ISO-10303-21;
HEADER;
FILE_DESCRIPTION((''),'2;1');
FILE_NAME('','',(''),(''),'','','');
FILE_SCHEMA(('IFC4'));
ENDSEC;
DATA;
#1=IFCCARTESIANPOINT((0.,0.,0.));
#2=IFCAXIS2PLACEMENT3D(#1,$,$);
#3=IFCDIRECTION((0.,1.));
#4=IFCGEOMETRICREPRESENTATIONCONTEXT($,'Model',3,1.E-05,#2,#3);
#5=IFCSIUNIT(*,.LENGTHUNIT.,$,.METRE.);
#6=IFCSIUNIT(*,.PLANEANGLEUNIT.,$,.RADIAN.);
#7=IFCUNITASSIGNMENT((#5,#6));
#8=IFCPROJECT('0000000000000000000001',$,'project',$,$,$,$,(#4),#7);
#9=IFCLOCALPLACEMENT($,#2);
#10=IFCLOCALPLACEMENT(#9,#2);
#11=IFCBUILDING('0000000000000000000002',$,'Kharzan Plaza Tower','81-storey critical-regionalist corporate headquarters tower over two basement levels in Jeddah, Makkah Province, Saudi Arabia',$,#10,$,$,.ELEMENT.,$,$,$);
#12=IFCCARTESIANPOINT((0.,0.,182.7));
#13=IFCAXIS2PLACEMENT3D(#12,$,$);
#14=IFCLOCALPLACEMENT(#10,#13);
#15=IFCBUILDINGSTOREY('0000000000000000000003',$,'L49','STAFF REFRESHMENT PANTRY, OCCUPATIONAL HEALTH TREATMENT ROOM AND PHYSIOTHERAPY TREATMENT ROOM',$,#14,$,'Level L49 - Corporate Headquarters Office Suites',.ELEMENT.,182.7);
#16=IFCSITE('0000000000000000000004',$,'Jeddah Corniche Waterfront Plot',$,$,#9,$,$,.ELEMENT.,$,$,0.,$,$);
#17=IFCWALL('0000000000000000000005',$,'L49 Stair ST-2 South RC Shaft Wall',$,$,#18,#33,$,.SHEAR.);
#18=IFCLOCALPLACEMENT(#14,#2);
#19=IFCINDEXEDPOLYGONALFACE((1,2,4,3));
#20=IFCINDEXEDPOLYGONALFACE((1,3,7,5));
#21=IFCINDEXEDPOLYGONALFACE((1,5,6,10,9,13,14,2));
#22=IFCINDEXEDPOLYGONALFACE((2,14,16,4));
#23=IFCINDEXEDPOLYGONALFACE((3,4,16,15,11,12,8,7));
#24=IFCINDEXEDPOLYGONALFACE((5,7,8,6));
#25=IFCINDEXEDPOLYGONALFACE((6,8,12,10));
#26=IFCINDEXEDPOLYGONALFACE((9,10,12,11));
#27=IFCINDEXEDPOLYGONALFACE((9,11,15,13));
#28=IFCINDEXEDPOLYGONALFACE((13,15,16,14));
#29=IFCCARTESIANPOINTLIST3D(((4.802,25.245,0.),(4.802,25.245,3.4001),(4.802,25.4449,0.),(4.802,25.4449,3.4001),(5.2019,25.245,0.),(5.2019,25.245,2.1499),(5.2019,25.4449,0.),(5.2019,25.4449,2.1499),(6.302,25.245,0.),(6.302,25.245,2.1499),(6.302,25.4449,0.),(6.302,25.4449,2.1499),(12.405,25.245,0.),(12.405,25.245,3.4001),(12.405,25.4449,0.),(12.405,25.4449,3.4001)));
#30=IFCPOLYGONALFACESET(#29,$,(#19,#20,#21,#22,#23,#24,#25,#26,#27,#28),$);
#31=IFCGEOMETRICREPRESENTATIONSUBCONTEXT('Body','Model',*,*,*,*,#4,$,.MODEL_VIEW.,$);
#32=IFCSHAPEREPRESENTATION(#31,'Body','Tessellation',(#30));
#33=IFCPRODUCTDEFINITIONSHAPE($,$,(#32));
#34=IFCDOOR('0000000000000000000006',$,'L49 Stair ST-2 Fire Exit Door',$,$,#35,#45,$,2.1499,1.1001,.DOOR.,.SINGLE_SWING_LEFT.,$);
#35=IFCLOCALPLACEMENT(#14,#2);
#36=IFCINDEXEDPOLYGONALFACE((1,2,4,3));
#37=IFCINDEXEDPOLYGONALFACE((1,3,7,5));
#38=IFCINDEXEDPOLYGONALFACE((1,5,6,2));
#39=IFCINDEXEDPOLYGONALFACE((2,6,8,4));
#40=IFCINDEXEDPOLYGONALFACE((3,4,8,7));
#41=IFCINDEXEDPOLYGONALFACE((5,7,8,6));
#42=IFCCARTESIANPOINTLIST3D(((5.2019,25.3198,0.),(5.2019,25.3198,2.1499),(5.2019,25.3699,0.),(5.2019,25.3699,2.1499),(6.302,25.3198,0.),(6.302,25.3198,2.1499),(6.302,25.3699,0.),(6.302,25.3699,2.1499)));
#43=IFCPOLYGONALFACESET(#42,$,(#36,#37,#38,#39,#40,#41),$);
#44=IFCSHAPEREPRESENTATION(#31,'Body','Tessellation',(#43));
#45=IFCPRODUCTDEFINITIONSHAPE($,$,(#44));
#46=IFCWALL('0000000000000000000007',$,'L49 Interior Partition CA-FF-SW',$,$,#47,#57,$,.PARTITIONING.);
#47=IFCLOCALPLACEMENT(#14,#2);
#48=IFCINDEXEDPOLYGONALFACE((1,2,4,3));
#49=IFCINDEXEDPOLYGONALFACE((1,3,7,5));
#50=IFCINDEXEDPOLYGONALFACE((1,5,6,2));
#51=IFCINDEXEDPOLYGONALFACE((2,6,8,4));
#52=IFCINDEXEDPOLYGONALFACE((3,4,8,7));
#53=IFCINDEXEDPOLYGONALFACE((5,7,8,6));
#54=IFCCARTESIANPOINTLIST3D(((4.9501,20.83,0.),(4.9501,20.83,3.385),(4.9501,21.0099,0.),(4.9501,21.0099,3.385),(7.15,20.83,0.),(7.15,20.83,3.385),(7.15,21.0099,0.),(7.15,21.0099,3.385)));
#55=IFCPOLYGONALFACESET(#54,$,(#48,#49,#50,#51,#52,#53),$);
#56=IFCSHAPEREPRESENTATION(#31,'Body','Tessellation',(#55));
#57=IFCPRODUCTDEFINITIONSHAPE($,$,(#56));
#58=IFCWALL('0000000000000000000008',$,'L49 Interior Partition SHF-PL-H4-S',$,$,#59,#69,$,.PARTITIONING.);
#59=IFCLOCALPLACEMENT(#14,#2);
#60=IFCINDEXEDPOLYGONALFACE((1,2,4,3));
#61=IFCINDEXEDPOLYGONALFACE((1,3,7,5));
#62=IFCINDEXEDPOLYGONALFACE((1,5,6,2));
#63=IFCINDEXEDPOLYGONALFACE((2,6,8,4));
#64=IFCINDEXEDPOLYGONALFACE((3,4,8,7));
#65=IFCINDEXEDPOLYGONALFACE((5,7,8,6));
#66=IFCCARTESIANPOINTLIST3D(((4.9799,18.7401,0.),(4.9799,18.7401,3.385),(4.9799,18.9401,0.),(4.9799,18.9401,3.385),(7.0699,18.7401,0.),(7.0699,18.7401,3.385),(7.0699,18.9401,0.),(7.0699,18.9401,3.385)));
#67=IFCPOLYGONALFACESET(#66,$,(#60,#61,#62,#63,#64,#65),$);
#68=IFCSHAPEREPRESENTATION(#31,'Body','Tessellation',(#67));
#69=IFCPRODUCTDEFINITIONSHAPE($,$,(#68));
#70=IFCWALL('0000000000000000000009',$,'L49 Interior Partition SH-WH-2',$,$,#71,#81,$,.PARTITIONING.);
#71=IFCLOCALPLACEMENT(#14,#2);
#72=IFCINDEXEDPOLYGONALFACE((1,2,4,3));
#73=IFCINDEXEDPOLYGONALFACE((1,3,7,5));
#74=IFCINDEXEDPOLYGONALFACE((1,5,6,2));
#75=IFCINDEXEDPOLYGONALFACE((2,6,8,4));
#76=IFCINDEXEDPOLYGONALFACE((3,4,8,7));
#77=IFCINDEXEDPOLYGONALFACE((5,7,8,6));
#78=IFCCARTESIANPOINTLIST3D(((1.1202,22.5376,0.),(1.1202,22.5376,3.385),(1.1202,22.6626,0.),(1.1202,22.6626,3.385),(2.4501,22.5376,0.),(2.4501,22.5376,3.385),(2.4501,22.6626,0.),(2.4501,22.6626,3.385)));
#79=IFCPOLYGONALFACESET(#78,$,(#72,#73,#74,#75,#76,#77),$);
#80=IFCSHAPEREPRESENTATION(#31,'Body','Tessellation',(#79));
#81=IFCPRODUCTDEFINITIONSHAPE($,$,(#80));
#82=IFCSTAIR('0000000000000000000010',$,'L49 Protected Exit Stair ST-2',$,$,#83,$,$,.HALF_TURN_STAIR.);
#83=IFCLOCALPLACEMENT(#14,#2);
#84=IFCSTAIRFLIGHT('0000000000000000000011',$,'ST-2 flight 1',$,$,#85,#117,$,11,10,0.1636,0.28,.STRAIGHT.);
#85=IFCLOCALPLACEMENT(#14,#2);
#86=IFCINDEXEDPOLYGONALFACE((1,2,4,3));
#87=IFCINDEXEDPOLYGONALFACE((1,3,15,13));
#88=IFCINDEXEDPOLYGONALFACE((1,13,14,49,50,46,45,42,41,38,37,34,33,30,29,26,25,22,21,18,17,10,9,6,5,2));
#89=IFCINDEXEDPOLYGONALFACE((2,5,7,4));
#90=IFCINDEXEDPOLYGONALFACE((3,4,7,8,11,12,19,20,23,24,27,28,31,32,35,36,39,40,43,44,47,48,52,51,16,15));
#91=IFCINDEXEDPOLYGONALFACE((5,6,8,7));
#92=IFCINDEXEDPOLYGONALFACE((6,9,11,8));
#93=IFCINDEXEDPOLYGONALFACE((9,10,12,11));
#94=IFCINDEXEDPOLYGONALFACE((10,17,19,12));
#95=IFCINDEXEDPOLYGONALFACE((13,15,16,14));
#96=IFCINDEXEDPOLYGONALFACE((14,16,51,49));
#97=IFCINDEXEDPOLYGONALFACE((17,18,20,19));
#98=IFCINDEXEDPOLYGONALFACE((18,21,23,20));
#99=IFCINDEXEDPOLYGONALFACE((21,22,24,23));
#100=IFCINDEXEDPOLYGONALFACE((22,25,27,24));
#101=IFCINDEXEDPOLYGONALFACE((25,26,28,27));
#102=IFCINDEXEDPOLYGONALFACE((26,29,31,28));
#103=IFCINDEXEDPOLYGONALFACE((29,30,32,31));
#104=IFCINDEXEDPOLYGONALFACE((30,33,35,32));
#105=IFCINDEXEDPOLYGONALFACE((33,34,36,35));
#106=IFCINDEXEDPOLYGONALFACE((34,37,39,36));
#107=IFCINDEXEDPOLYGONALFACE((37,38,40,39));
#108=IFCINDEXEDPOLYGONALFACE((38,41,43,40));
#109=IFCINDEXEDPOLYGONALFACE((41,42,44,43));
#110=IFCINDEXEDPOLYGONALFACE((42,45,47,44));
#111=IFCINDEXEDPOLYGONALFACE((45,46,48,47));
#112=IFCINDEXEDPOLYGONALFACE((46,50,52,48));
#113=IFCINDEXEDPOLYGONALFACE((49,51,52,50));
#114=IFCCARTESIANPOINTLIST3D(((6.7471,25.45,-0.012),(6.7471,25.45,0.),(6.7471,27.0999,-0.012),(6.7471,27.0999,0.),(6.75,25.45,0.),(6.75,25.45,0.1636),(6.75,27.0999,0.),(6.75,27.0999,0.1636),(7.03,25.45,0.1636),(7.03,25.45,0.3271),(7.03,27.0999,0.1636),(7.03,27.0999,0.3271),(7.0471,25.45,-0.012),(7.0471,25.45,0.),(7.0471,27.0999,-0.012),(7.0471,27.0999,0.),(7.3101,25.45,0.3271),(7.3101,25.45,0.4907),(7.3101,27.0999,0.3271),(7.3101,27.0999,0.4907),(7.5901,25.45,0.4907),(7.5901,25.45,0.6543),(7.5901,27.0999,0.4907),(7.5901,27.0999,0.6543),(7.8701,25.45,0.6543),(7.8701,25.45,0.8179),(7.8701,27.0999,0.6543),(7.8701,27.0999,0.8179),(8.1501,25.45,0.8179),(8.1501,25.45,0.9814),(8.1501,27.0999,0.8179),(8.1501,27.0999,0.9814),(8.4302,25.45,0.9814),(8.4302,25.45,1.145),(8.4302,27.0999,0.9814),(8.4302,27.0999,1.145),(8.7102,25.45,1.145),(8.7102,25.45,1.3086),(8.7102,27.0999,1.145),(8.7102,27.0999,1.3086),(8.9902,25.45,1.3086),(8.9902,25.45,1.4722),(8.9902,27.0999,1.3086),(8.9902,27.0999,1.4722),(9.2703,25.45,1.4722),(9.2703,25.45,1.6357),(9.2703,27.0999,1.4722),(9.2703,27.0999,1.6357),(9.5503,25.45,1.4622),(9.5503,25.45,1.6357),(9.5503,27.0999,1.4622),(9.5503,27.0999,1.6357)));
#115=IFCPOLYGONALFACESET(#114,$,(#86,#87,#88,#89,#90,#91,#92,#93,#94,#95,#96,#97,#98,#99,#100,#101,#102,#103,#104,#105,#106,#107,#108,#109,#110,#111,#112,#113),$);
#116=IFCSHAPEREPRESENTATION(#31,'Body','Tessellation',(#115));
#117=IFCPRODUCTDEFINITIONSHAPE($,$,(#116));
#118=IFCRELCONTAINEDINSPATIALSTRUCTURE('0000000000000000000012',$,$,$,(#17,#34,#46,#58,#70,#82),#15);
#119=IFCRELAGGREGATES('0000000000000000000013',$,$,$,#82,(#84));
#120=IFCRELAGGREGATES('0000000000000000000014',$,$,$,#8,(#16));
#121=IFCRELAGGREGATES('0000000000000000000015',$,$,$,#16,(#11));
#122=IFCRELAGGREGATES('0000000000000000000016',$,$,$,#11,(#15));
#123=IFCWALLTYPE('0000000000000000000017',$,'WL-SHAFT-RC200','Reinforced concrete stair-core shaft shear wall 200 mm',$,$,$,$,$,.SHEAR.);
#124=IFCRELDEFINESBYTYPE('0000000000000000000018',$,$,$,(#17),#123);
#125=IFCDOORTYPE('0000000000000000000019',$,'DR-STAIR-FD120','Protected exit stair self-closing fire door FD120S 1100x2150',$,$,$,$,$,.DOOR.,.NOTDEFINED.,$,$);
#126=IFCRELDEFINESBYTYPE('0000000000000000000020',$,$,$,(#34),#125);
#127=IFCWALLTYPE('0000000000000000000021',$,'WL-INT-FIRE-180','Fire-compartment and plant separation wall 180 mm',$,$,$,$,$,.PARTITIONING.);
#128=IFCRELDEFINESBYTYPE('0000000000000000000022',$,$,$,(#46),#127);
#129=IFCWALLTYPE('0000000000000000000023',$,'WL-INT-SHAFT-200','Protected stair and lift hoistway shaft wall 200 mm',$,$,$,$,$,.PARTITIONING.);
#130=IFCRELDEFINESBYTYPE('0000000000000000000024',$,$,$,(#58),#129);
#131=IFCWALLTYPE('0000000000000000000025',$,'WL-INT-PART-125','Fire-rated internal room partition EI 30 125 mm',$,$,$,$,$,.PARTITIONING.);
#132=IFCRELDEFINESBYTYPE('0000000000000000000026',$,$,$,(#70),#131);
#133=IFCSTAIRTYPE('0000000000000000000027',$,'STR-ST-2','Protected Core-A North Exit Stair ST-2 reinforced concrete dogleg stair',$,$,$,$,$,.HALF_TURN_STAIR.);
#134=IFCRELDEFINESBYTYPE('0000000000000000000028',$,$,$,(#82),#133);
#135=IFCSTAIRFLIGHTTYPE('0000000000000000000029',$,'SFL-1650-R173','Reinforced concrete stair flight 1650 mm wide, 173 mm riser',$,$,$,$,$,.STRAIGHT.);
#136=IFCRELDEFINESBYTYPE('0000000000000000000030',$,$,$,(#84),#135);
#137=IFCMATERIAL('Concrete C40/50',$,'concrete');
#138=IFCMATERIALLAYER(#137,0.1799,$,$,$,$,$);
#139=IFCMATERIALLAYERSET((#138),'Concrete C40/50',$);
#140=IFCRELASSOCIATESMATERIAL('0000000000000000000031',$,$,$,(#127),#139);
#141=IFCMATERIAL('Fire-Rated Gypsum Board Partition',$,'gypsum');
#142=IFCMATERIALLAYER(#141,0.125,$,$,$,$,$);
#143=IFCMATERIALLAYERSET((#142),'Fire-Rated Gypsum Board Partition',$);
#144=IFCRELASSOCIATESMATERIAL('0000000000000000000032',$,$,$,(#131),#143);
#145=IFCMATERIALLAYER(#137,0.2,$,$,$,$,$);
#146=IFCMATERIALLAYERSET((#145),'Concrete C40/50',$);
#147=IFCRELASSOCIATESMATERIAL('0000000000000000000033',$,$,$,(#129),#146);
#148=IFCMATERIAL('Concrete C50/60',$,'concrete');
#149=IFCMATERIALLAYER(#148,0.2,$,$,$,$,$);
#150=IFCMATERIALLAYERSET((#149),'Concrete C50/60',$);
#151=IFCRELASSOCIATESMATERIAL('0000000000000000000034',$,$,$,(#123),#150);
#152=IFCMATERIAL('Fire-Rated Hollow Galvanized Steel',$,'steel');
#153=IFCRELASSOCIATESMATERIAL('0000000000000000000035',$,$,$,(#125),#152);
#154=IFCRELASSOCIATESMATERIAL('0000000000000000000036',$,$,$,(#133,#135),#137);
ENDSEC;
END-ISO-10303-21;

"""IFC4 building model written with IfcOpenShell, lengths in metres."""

from ifc_helpers import new_model, si_unit, direction, frame, frame_2d, origin, place, context, subcontext, project, spatial, polyline, rectangle, outline, extrude, source, transform, mapped, material, layer, layer_set, type_object, element, fill, aggregate, save


model = new_model("IFC4")

# Units and contexts
model_context = context("Model", 3, precision=1e-05, world=origin(), true_north=direction((0.0, 1.0)))
body_context = subcontext(model_context, "Body", "Model", "MODEL_VIEW")
ifc_project = project(units=[si_unit("LENGTHUNIT", "METRE"), si_unit("PLANEANGLEUNIT", "RADIAN")], contexts=[model_context])

# Site, building, storey
site_placement = place(None, origin())
site = spatial("IfcSite", under=ifc_project, at=site_placement, Name="Jeddah Corniche Waterfront Plot", CompositionType="ELEMENT", RefElevation=0.0)
building_placement = place(site_placement, origin())
building = spatial("IfcBuilding", under=site, at=building_placement, Name="Kharzan Plaza Tower", Description="81-storey critical-regionalist corporate headquarters tower over two basement levels in Jeddah, Makkah Province, Saudi Arabia", CompositionType="ELEMENT")
storey_placement = place(building_placement, frame((0.0, 0.0, 182.7)))
storey = spatial("IfcBuildingStorey", under=building, at=storey_placement, Name="L49", Description="STAFF REFRESHMENT PANTRY, OCCUPATIONAL HEALTH TREATMENT ROOM AND PHYSIOTHERAPY TREATMENT ROOM", LongName="Level L49 - Corporate Headquarters Office Suites", CompositionType="ELEMENT", Elevation=182.7)

# Shared definitions
ifc_material_1 = material(Name="Concrete C50/60", Category="concrete")

# Shared definitions
ifc_material_2 = material(Name="Concrete C40/50", Category="concrete")

# Wall, opening, door
ifc_layer_1 = layer(ifc_material_2, 0.1799)
ifc_layer_set_1 = layer_set([ifc_layer_1], Name="Concrete C40/50")
wall_type_1 = type_object("IfcWallType", Name="WL-INT-FIRE-180", Description="Fire-compartment and plant separation wall 180 mm", PredefinedType="PARTITIONING", material=ifc_layer_set_1)
ifc_material_3 = material(Name="Fire-Rated Gypsum Board Partition", Category="gypsum")
ifc_layer_2 = layer(ifc_material_3, 0.125)
ifc_layer_set_2 = layer_set([ifc_layer_2], Name="Fire-Rated Gypsum Board Partition")
wall_type_2 = type_object("IfcWallType", Name="WL-INT-PART-125", Description="Fire-rated internal room partition EI 30 125 mm", PredefinedType="PARTITIONING", material=ifc_layer_set_2)
ifc_layer_3 = layer(ifc_material_2, 0.2)
ifc_layer_set_3 = layer_set([ifc_layer_3], Name="Concrete C40/50")
wall_type_3 = type_object("IfcWallType", Name="WL-INT-SHAFT-200", Description="Protected stair and lift hoistway shaft wall 200 mm", PredefinedType="PARTITIONING", material=ifc_layer_set_3)
ifc_layer_4 = layer(ifc_material_1, 0.2)
ifc_layer_set_4 = layer_set([ifc_layer_4], Name="Concrete C50/60")
wall_type_4 = type_object("IfcWallType", Name="WL-SHAFT-RC200", Description="Reinforced concrete stair-core shaft shear wall 200 mm", PredefinedType="SHEAR", material=ifc_layer_set_4)
wall_1_placement = place(storey_placement, frame((4.802, 25.345, 0.0), z_axis=(0.0, 0.0, 1.0), x_axis=(1.0, 0.0, 0.0)))
wall_1 = element("IfcWall", 1, at=wall_1_placement, inside=storey, type_object=wall_type_4, Name="L49 Stair ST-2 South RC Shaft Wall", PredefinedType="SHEAR", context=body_context, shape_type="SweptSolid", body=[
    extrude(rectangle(XDim=7.603, YDim=0.2, at=frame_2d((3.8015, 0.0))), origin(), (0.0, 0.0, 1.0), 3.4001),
])
opening_1_placement = place(wall_1_placement, frame((0.3999, 0.0, 0.0)))
opening_1 = element("IfcOpeningElement", 2, at=opening_1_placement, cuts=wall_1, PredefinedType="OPENING", context=body_context, shape_type="SweptSolid", body=[
    extrude(rectangle(XDim=1.1001, YDim=2.1499, at=frame_2d((0.55, 1.075))), frame((0.0, 0.1099, 0.0), z_axis=(0.0, -1.0, 0.0), x_axis=(1.0, 0.0, 0.0)), (0.0, 0.0, 1.0), 0.22),
])
ifc_material_4 = material(Name="Fire-Rated Hollow Galvanized Steel", Category="steel")
door_type_1 = type_object("IfcDoorType", Name="DR-STAIR-FD120", Description="Protected exit stair self-closing fire door FD120S 1100x2150", OperationType="NOTDEFINED", PredefinedType="DOOR", material=ifc_material_4)
shared_shape_1 = source(origin(), body_context, "Body", "SweptSolid", [
    extrude(rectangle(XDim=1.1001, YDim=2.1499, at=frame_2d((0.55, 1.075))), frame((0.0, 0.0249, 0.0), z_axis=(0.0, -1.0, 0.0), x_axis=(1.0, 0.0, 0.0)), (0.0, 0.0, 1.0), 0.05),
])
door_1_placement = place(opening_1_placement, origin())
door_1 = element("IfcDoor", 3, at=door_1_placement, inside=storey, type_object=door_type_1, Name="L49 Stair ST-2 Fire Exit Door", OperationType="SINGLE_SWING_LEFT", OverallHeight=2.1499, OverallWidth=1.1001, PredefinedType="DOOR", context=body_context, shape_type="MappedRepresentation", body=[
    mapped(shared_shape_1, transform((0.0, 0.0, 0.0), x_axis=(1.0, 0.0, 0.0), y_axis=(0.0, 1.0, 0.0), z_axis=(0.0, 0.0, 1.0))),
])
fill(opening_1, door_1)

# Walls
shared_shape_2 = source(origin(), body_context, "Body", "SweptSolid", [
    extrude(rectangle(XDim=2.2, YDim=0.1799, at=frame_2d((1.1001, 0.0))), origin(), (0.0, 0.0, 1.0), 3.385),
])
wall_2_placement = place(storey_placement, frame((4.95, 20.9199, 0.0), z_axis=(0.0, 0.0, 1.0), x_axis=(1.0, 0.0, 0.0)))
element("IfcWall", 4, at=wall_2_placement, inside=storey, type_object=wall_type_1, Name="L49 Interior Partition CA-FF-SW", PredefinedType="PARTITIONING", context=body_context, shape_type="MappedRepresentation", body=[
    mapped(shared_shape_2, transform((0.0, 0.0, 0.0), x_axis=(1.0, 0.0, 0.0), y_axis=(0.0, 1.0, 0.0), z_axis=(0.0, 0.0, 1.0))),
])
shared_shape_3 = source(origin(), body_context, "Body", "SweptSolid", [
    extrude(rectangle(XDim=2.0901, YDim=0.2, at=frame_2d((1.0449, 0.0))), origin(), (0.0, 0.0, 1.0), 3.385),
])
wall_3_placement = place(storey_placement, frame((4.98, 18.8401, 0.0), z_axis=(0.0, 0.0, 1.0), x_axis=(1.0, 0.0, 0.0)))
element("IfcWall", 5, at=wall_3_placement, inside=storey, type_object=wall_type_3, Name="L49 Interior Partition SHF-PL-H4-S", PredefinedType="PARTITIONING", context=body_context, shape_type="MappedRepresentation", body=[
    mapped(shared_shape_3, transform((0.0, 0.0, 0.0), x_axis=(1.0, 0.0, 0.0), y_axis=(0.0, 1.0, 0.0), z_axis=(0.0, 0.0, 1.0))),
])
shared_shape_4 = source(origin(), body_context, "Body", "SweptSolid", [
    extrude(rectangle(XDim=1.3298, YDim=0.125, at=frame_2d((0.665, 0.0))), origin(), (0.0, 0.0, 1.0), 3.385),
])
wall_4_placement = place(storey_placement, frame((1.1201, 22.6001, 0.0), z_axis=(0.0, 0.0, 1.0), x_axis=(1.0, 0.0, 0.0)))
element("IfcWall", 6, at=wall_4_placement, inside=storey, type_object=wall_type_2, Name="L49 Interior Partition SH-WH-2", PredefinedType="PARTITIONING", context=body_context, shape_type="MappedRepresentation", body=[
    mapped(shared_shape_4, transform((0.0, 0.0, 0.0), x_axis=(1.0, 0.0, 0.0), y_axis=(0.0, 1.0, 0.0), z_axis=(0.0, 0.0, 1.0))),
])

# Stair, stair flight
stair_type = type_object("IfcStairType", Name="STR-ST-2", Description="Protected Core-A North Exit Stair ST-2 reinforced concrete dogleg stair", PredefinedType="HALF_TURN_STAIR", material=ifc_material_2)
stair_placement = place(storey_placement, origin())
stair = element("IfcStair", 7, at=stair_placement, inside=storey, type_object=stair_type, Name="L49 Protected Exit Stair ST-2", PredefinedType="HALF_TURN_STAIR")
stair_flight_type = type_object("IfcStairFlightType", Name="SFL-1650-R173", Description="Reinforced concrete stair flight 1650 mm wide, 173 mm riser", PredefinedType="STRAIGHT", material=ifc_material_2)
shared_shape_5 = source(origin(), body_context, "Body", "SweptSolid", [
    extrude(outline(polyline([(-0.0029, -0.012), (-0.0029, 0.0), (0.0, 0.0), (0.0, 0.1636), (0.28, 0.1636), (0.28, 0.3271), (0.5601, 0.3271), (0.5601, 0.4907), (0.8401, 0.4907), (0.8401, 0.6543), (1.1201, 0.6543), (1.1201, 0.8179), (1.4001, 0.8179), (1.4001, 0.9814), (1.6802, 0.9814), (1.6802, 1.145), (1.9602, 1.145), (1.9602, 1.3086), (2.2402, 1.3086), (2.2402, 1.4722), (2.5203, 1.4722), (2.5203, 1.6357), (2.8003, 1.6357), (2.8003, 1.7993), (2.8003, 1.4622), (0.2971, 0.0), (0.2971, -0.012), (-0.0029, -0.012)])), frame((0.0, 0.825, 0.0), z_axis=(0.0, -1.0, 0.0), x_axis=(1.0, 0.0, 0.0)), (0.0, 0.0, 1.0), 1.6499),
])
stair_flight_placement = place(storey_placement, frame((6.75, 26.2749, 0.0), z_axis=(0.0, 0.0, 1.0), x_axis=(1.0, 0.0, 0.0)))
stair_flight = element("IfcStairFlight", 8, at=stair_flight_placement, type_object=stair_flight_type, Name="ST-2 flight 1", NumberOfRisers=11, NumberOfTreads=10, PredefinedType="STRAIGHT", RiserHeight=0.1636, TreadLength=0.28, context=body_context, shape_type="MappedRepresentation", body=[
    mapped(shared_shape_5, transform((0.0, 0.0, 0.0), x_axis=(1.0, 0.0, 0.0), y_axis=(0.0, 1.0, 0.0), z_axis=(0.0, 0.0, 1.0))),
])
aggregate(stair, [stair_flight])

save(model, "model.ifc")
